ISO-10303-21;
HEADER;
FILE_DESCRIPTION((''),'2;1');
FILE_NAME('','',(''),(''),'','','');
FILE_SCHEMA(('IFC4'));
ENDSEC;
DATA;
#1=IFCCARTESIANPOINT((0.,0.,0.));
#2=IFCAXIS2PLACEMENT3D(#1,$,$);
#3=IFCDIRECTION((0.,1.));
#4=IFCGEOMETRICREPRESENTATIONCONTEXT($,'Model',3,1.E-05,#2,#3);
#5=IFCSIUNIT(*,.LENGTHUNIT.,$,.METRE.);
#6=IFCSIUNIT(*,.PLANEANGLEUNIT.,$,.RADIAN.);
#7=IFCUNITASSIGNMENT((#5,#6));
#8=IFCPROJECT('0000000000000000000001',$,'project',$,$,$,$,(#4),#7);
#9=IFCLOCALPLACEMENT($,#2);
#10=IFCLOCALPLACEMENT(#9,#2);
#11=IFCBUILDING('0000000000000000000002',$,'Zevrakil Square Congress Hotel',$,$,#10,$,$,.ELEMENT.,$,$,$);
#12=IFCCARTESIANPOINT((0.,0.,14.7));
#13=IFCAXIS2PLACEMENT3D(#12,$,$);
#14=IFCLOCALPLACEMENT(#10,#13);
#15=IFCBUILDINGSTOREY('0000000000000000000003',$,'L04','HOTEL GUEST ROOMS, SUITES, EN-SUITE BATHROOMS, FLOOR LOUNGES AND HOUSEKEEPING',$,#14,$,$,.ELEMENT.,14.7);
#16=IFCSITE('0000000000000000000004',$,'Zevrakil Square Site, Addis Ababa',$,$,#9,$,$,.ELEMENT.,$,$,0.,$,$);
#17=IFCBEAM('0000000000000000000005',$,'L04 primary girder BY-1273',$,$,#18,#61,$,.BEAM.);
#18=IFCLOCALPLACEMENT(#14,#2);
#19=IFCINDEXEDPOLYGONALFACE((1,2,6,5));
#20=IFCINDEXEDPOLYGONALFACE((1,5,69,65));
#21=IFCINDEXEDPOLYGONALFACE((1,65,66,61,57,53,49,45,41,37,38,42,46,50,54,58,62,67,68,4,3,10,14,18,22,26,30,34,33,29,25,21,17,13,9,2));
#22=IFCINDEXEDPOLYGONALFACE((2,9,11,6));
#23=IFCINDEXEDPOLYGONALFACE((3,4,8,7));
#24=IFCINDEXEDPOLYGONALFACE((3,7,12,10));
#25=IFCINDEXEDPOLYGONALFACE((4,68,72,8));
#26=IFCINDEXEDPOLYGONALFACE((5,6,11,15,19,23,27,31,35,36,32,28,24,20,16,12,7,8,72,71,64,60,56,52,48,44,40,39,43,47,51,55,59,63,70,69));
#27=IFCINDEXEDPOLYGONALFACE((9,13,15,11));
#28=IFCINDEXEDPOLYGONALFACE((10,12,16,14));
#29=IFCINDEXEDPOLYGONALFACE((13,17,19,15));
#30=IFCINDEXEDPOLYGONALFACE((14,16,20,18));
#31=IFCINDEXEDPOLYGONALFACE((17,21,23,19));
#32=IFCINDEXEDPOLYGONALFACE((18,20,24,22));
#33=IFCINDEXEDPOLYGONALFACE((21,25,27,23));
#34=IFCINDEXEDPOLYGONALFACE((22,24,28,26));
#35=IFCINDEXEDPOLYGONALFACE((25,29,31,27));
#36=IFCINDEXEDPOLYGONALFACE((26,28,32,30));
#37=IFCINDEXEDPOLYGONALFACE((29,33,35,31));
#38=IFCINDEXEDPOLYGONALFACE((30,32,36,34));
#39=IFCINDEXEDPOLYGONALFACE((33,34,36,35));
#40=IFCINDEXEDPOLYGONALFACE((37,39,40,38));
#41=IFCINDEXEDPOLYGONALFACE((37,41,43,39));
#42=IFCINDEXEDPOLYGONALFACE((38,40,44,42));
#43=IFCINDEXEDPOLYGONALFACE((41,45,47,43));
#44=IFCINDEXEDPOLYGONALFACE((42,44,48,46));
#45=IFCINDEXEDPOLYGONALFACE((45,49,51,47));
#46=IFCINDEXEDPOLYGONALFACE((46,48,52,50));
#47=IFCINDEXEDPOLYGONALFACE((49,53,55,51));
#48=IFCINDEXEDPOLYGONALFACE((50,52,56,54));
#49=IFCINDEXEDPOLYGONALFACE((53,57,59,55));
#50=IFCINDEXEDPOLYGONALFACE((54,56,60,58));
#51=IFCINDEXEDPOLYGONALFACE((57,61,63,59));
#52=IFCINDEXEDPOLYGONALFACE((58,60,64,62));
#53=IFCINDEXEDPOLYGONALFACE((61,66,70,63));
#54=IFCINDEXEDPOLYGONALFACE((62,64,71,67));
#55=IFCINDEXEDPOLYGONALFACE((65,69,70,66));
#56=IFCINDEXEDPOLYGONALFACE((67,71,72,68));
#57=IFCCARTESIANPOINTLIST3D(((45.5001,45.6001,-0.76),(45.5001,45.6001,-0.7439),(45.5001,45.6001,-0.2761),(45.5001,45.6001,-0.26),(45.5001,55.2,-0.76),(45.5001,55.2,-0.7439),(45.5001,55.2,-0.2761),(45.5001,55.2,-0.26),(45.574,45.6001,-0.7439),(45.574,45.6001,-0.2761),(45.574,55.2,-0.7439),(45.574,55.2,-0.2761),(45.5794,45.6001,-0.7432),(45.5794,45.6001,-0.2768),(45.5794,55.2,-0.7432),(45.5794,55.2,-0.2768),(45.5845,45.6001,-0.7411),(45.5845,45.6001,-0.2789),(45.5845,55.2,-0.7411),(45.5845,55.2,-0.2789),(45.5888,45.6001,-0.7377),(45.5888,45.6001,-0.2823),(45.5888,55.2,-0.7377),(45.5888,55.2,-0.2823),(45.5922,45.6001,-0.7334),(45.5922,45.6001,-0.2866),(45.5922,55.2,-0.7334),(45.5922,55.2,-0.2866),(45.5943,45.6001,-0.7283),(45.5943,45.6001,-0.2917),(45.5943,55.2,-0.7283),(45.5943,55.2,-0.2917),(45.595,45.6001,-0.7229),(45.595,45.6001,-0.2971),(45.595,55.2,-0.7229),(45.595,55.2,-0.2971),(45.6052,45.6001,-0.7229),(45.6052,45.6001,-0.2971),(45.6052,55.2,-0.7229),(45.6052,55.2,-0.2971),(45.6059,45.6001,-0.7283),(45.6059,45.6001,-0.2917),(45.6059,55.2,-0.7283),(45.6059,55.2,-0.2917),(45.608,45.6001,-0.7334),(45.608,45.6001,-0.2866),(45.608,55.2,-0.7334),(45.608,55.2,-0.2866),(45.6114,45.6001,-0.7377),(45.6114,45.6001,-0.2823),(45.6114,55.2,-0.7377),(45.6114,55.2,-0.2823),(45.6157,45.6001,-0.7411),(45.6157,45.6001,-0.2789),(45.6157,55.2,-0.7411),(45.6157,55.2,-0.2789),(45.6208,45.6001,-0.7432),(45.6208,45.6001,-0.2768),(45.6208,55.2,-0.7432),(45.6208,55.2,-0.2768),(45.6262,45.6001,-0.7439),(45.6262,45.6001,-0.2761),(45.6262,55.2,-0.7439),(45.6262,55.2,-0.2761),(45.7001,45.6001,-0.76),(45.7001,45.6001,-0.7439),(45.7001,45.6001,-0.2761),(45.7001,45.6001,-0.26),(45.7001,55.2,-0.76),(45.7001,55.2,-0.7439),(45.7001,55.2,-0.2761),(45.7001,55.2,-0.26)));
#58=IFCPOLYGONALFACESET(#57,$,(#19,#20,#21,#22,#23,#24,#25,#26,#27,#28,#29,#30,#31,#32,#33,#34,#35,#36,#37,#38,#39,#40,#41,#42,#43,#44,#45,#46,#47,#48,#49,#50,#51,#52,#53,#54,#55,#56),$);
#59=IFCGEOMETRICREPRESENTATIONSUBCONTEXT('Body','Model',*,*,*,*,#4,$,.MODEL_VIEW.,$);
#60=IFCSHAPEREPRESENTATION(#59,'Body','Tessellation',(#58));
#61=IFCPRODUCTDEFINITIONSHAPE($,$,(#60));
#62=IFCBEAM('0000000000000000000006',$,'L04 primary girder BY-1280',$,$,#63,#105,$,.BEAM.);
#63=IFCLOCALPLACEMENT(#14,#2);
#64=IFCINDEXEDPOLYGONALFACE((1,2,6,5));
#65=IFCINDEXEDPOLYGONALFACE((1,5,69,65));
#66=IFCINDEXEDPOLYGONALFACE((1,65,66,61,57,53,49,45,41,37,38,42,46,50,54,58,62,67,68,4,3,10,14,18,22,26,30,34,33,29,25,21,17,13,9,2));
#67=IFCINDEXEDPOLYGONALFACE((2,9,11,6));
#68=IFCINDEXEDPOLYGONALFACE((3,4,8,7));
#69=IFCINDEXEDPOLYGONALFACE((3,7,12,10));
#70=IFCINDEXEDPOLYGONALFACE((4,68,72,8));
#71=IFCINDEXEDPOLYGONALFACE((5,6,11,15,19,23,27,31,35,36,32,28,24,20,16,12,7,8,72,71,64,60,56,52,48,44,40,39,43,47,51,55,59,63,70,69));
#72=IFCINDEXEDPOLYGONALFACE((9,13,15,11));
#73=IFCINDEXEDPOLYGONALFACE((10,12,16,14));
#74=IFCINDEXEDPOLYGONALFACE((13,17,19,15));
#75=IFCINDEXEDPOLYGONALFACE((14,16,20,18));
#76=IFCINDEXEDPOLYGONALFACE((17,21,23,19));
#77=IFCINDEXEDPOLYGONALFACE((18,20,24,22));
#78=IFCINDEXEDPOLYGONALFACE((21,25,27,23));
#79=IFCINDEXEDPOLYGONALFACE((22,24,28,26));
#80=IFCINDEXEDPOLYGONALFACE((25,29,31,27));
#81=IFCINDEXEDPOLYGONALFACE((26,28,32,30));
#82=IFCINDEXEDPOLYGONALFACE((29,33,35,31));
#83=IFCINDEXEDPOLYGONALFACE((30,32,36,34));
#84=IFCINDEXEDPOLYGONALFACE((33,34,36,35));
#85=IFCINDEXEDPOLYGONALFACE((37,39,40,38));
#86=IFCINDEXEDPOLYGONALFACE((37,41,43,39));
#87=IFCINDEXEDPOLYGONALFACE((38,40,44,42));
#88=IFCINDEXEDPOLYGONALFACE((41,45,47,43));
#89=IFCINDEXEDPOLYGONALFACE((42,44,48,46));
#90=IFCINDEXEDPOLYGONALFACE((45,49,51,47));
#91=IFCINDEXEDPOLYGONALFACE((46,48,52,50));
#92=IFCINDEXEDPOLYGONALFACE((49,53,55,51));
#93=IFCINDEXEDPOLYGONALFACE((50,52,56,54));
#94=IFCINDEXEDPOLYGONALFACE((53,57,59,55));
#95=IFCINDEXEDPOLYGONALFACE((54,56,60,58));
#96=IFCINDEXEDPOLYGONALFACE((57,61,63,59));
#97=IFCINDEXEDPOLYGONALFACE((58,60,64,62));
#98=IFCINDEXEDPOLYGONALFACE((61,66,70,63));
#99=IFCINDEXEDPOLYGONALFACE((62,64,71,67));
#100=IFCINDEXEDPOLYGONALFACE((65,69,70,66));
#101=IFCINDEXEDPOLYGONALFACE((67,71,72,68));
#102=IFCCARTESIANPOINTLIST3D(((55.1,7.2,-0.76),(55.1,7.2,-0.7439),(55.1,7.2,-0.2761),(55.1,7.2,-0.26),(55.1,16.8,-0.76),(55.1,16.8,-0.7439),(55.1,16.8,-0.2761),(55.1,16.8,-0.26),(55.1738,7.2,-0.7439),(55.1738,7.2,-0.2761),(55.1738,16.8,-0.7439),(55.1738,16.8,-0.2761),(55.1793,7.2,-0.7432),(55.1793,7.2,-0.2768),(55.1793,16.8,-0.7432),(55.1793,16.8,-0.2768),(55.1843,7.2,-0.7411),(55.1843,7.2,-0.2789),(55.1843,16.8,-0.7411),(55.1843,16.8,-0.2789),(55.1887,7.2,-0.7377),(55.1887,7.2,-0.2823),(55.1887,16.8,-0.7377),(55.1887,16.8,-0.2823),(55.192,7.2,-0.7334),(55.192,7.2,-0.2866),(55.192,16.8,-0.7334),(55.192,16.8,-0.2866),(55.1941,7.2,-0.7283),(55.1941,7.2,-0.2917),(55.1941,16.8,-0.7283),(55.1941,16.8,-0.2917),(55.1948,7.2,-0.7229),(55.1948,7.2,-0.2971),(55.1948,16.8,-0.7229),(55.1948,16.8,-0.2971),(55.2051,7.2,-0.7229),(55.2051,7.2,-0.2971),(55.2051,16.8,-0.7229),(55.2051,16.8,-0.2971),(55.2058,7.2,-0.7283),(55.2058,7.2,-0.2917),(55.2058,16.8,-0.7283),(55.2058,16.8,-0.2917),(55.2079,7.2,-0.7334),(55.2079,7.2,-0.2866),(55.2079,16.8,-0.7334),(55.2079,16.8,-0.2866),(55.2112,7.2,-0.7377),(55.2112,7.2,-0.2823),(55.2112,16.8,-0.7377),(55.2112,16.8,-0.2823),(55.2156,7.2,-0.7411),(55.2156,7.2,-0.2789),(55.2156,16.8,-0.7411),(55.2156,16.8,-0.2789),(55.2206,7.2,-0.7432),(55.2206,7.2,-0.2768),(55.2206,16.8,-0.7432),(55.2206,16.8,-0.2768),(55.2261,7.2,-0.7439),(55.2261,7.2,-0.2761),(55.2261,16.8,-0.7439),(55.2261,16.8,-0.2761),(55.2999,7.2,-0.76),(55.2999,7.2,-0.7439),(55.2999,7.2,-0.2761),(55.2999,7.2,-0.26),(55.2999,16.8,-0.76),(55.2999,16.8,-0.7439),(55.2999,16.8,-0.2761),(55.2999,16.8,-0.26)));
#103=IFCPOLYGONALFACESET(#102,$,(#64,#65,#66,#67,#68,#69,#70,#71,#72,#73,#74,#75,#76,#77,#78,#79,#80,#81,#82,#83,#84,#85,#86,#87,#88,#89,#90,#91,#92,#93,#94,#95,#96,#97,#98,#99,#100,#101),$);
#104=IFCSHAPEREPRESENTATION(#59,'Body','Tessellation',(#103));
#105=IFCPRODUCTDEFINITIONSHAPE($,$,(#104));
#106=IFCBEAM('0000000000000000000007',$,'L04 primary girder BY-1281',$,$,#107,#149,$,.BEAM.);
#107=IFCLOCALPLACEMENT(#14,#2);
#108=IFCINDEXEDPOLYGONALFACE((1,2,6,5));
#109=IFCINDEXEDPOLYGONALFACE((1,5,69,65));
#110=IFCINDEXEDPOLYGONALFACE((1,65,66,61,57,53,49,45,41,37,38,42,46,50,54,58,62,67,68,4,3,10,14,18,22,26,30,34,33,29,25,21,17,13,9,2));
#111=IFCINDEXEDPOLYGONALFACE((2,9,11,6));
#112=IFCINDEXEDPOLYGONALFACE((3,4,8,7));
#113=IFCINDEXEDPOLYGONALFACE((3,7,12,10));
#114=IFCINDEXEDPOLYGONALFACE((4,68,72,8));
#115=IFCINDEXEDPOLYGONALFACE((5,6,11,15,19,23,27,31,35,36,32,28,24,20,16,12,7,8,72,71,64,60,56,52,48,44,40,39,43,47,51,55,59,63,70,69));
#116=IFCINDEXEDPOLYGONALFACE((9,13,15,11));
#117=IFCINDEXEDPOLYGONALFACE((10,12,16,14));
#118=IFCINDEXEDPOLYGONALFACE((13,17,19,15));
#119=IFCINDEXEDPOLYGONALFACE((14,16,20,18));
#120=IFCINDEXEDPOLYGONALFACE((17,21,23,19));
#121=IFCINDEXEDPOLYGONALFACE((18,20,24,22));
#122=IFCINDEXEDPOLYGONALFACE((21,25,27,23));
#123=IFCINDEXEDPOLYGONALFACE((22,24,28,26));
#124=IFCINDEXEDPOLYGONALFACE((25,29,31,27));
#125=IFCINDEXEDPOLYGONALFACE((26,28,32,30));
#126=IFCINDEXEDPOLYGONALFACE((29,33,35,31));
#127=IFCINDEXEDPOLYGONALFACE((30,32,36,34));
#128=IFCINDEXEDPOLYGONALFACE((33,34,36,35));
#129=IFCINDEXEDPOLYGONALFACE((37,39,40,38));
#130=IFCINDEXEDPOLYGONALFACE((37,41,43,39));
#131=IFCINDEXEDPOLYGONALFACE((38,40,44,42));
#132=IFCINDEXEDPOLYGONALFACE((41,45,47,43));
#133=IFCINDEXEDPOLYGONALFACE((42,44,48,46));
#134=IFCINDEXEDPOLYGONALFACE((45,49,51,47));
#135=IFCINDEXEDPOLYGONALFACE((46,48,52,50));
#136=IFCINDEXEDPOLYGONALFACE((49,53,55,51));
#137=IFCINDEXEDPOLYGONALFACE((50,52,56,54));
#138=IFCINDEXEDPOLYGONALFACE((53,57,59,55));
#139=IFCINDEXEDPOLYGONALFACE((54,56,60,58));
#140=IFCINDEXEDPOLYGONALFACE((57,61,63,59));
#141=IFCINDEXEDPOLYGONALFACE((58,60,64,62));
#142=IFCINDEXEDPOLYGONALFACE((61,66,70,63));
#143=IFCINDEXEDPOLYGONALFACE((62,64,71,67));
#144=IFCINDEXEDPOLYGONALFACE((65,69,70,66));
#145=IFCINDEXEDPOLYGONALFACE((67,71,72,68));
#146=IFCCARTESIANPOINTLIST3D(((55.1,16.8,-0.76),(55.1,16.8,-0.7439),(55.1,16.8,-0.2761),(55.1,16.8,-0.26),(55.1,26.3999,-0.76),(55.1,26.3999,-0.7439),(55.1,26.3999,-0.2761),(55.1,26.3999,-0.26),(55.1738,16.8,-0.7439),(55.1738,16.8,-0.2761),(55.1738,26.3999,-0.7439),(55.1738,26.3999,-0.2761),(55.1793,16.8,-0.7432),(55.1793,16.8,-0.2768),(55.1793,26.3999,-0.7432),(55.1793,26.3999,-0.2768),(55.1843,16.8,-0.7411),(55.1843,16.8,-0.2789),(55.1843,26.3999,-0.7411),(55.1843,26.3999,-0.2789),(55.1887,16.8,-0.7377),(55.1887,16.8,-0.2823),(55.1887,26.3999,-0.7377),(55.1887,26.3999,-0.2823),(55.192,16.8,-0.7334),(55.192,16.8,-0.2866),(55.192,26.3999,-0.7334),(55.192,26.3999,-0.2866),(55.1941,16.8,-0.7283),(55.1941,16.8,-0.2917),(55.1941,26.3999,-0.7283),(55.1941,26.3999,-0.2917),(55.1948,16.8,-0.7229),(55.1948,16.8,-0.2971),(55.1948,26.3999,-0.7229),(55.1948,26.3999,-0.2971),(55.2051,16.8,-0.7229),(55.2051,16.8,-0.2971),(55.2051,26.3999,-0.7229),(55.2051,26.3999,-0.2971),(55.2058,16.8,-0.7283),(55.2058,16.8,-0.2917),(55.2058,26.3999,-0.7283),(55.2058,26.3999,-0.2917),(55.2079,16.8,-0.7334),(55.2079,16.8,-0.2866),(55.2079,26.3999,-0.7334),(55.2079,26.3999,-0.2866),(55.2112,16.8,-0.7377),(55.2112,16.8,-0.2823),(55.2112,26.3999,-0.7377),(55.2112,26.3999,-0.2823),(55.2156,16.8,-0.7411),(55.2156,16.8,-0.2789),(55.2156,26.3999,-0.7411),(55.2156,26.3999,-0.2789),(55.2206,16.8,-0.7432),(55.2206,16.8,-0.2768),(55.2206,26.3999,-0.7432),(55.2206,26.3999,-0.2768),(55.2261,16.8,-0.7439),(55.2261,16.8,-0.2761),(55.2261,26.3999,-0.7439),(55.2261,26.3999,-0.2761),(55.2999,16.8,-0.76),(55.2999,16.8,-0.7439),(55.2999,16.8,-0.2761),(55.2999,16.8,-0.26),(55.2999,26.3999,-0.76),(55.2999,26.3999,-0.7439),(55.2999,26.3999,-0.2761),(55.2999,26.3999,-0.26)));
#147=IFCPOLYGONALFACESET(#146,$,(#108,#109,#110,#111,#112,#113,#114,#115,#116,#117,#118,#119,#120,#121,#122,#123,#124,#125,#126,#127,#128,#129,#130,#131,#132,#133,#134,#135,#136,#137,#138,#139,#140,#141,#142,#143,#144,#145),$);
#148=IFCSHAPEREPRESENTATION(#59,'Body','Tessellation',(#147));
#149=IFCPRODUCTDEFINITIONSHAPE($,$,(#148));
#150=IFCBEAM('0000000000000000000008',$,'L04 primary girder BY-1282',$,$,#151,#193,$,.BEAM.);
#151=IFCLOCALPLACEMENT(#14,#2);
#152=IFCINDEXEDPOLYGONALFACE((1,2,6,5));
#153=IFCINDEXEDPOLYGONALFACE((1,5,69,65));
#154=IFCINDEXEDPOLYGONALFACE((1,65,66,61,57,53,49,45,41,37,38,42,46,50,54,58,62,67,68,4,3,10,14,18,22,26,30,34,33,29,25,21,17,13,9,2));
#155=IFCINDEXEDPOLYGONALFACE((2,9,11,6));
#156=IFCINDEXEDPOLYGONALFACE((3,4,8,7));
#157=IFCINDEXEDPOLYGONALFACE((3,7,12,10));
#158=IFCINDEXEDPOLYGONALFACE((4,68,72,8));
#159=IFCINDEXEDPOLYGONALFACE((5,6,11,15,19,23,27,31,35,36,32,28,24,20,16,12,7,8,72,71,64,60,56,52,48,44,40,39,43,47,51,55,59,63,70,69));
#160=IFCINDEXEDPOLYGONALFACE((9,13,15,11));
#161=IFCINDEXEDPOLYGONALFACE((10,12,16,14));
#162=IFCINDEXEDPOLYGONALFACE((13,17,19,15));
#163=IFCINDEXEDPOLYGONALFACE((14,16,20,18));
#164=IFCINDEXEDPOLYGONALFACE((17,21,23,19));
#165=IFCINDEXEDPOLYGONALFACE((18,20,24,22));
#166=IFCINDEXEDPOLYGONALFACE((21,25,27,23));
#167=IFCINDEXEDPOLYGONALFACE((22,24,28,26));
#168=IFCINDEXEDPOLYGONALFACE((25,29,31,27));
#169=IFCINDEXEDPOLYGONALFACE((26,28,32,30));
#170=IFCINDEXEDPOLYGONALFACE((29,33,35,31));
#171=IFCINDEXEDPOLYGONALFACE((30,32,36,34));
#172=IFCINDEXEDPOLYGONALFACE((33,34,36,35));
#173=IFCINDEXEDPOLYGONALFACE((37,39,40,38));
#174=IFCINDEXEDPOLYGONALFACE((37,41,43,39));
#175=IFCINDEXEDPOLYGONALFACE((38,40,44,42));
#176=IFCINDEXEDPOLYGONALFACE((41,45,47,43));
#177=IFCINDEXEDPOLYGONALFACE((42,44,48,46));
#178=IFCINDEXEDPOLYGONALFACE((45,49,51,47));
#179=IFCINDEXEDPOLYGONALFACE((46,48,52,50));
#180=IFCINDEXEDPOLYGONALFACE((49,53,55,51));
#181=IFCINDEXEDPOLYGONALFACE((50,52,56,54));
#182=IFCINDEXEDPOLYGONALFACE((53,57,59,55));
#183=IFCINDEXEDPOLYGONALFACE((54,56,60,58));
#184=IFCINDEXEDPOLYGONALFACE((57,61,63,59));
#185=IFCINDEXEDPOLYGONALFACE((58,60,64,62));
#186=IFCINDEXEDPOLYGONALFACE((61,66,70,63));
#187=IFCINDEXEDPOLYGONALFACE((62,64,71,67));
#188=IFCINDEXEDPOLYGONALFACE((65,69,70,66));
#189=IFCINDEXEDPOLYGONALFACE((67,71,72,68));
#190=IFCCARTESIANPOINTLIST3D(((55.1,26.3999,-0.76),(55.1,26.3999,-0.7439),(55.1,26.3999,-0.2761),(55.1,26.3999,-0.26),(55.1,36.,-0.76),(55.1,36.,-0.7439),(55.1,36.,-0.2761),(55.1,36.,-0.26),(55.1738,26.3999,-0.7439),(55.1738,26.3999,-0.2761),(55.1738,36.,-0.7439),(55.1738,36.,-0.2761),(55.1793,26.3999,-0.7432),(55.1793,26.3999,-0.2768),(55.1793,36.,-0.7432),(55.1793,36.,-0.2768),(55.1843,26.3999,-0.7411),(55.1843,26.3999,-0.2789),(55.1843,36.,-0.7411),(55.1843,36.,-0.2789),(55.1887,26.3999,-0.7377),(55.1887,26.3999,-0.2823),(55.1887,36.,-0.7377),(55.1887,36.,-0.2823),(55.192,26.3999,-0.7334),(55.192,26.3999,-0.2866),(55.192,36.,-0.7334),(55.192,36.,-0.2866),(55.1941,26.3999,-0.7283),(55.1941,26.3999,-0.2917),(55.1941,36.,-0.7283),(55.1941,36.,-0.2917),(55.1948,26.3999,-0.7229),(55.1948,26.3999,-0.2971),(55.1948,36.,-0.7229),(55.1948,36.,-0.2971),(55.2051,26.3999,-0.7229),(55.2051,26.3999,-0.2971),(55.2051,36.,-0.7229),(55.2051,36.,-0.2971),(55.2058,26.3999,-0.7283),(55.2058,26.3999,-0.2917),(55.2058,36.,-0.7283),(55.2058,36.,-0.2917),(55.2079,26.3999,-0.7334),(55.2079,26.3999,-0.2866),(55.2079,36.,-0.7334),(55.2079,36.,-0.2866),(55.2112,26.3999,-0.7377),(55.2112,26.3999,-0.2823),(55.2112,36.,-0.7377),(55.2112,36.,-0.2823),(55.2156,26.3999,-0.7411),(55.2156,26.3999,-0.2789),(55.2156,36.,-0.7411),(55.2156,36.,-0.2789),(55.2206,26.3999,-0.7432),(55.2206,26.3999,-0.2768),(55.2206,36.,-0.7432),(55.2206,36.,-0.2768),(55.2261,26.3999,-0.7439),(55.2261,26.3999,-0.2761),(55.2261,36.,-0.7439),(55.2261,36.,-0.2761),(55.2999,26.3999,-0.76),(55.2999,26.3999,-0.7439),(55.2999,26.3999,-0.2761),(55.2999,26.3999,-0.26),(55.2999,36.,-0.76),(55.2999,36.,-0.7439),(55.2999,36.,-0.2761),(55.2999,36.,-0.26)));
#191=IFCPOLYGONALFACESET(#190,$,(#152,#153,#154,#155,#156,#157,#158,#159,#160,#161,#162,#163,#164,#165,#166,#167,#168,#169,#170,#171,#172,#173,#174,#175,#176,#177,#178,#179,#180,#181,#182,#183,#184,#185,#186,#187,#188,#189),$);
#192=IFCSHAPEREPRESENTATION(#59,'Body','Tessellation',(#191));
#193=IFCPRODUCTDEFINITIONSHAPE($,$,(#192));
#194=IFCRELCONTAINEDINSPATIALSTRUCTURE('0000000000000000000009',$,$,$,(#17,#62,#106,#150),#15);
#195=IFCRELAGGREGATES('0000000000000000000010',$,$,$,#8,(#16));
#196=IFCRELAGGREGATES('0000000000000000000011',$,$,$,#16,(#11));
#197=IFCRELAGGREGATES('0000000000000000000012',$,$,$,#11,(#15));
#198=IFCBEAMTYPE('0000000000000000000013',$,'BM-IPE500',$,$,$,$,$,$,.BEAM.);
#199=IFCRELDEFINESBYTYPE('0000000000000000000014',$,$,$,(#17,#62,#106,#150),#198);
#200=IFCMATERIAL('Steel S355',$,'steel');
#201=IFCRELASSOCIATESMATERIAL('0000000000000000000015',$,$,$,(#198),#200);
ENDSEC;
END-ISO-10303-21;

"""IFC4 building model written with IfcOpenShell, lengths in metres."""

from ifc_helpers import new_model, si_unit, direction, frame, origin, origin_2d, place, context, subcontext, project, spatial, i_section, extrude, material, material_profile, profile_set, type_object, element, save


model = new_model("IFC4")

# Units and contexts
model_context = context("Model", 3, precision=1e-05, world=origin(), true_north=direction((0.0, 1.0)))
body_context = subcontext(model_context, "Body", "Model", "MODEL_VIEW")
ifc_project = project(units=[si_unit("LENGTHUNIT", "METRE"), si_unit("PLANEANGLEUNIT", "RADIAN")], contexts=[model_context])

# Site, building, storey
site_placement = place(None, origin())
site = spatial("IfcSite", under=ifc_project, at=site_placement, Name="Zevrakil Square Site, Addis Ababa", CompositionType="ELEMENT", RefElevation=0.0)
building_placement = place(site_placement, origin())
building = spatial("IfcBuilding", under=site, at=building_placement, Name="Zevrakil Square Congress Hotel", CompositionType="ELEMENT")
storey_placement = place(building_placement, frame((0.0, 0.0, 14.7)))
storey = spatial("IfcBuildingStorey", under=building, at=storey_placement, Name="L04", Description="HOTEL GUEST ROOMS, SUITES, EN-SUITE BATHROOMS, FLOOR LOUNGES AND HOUSEKEEPING", CompositionType="ELEMENT", Elevation=14.7)

# Beams
ifc_material_1 = material(Name="Steel S355", Category="steel")
ifc_material_profile_1 = material_profile(ifc_material_1, i_section(OverallWidth=0.2, OverallDepth=0.5, WebThickness=0.0103, FlangeThickness=0.0161, FilletRadius=0.021, at=origin_2d()), Name="IPE 500")
ifc_profile_set_1 = profile_set([ifc_material_profile_1], Name="Steel S355")
beam_type_1 = type_object("IfcBeamType", Name="BM-IPE500", PredefinedType="BEAM", material=ifc_profile_set_1)
beam_1_placement = place(storey_placement, frame((45.6001, 45.6001, -0.51), z_axis=(0.0, 1.0, 0.0), x_axis=(-1.0, 0.0, 0.0)))
element("IfcBeam", 1, at=beam_1_placement, inside=storey, type_object=beam_type_1, Name="L04 primary girder BY-1273", PredefinedType="BEAM", context=body_context, shape_type="SweptSolid", body=[
    extrude(i_section(OverallWidth=0.2, OverallDepth=0.5, WebThickness=0.0103, FlangeThickness=0.0161, FilletRadius=0.021, at=origin_2d()), origin(), (0.0, 0.0, 1.0), 9.5999),
])
beam_2_placement = place(storey_placement, frame((55.2, 7.2, -0.51), z_axis=(0.0, 1.0, 0.0), x_axis=(-1.0, 0.0, 0.0)))
element("IfcBeam", 2, at=beam_2_placement, inside=storey, type_object=beam_type_1, Name="L04 primary girder BY-1280", PredefinedType="BEAM", context=body_context, shape_type="SweptSolid", body=[
    extrude(i_section(OverallWidth=0.2, OverallDepth=0.5, WebThickness=0.0103, FlangeThickness=0.0161, FilletRadius=0.021, at=origin_2d()), origin(), (0.0, 0.0, 1.0), 9.6001),
])
beam_3_placement = place(storey_placement, frame((55.2, 16.8, -0.51), z_axis=(0.0, 1.0, 0.0), x_axis=(-1.0, 0.0, 0.0)))
element("IfcBeam", 3, at=beam_3_placement, inside=storey, type_object=beam_type_1, Name="L04 primary girder BY-1281", PredefinedType="BEAM", context=body_context, shape_type="SweptSolid", body=[
    extrude(i_section(OverallWidth=0.2, OverallDepth=0.5, WebThickness=0.0103, FlangeThickness=0.0161, FilletRadius=0.021, at=origin_2d()), origin(), (0.0, 0.0, 1.0), 9.5999),
])
for number, where, z_axis, x_axis, name in (
    (4, (55.2, 26.3999, -0.51), (0.0, 1.0, 0.0), (-1.0, 0.0, 0.0), "L04 primary girder BY-1282"),
):
    element("IfcBeam", number, at=place(storey_placement, frame(where, z_axis=z_axis, x_axis=x_axis)), inside=storey, type_object=beam_type_1, Name=name, PredefinedType="BEAM", context=body_context, shape_type="SweptSolid", body=[
        extrude(i_section(OverallWidth=0.2, OverallDepth=0.5, WebThickness=0.0103, FlangeThickness=0.0161, FilletRadius=0.021, at=origin_2d()), origin(), (0.0, 0.0, 1.0), 9.6001),
    ])

save(model, "model.ifc")
